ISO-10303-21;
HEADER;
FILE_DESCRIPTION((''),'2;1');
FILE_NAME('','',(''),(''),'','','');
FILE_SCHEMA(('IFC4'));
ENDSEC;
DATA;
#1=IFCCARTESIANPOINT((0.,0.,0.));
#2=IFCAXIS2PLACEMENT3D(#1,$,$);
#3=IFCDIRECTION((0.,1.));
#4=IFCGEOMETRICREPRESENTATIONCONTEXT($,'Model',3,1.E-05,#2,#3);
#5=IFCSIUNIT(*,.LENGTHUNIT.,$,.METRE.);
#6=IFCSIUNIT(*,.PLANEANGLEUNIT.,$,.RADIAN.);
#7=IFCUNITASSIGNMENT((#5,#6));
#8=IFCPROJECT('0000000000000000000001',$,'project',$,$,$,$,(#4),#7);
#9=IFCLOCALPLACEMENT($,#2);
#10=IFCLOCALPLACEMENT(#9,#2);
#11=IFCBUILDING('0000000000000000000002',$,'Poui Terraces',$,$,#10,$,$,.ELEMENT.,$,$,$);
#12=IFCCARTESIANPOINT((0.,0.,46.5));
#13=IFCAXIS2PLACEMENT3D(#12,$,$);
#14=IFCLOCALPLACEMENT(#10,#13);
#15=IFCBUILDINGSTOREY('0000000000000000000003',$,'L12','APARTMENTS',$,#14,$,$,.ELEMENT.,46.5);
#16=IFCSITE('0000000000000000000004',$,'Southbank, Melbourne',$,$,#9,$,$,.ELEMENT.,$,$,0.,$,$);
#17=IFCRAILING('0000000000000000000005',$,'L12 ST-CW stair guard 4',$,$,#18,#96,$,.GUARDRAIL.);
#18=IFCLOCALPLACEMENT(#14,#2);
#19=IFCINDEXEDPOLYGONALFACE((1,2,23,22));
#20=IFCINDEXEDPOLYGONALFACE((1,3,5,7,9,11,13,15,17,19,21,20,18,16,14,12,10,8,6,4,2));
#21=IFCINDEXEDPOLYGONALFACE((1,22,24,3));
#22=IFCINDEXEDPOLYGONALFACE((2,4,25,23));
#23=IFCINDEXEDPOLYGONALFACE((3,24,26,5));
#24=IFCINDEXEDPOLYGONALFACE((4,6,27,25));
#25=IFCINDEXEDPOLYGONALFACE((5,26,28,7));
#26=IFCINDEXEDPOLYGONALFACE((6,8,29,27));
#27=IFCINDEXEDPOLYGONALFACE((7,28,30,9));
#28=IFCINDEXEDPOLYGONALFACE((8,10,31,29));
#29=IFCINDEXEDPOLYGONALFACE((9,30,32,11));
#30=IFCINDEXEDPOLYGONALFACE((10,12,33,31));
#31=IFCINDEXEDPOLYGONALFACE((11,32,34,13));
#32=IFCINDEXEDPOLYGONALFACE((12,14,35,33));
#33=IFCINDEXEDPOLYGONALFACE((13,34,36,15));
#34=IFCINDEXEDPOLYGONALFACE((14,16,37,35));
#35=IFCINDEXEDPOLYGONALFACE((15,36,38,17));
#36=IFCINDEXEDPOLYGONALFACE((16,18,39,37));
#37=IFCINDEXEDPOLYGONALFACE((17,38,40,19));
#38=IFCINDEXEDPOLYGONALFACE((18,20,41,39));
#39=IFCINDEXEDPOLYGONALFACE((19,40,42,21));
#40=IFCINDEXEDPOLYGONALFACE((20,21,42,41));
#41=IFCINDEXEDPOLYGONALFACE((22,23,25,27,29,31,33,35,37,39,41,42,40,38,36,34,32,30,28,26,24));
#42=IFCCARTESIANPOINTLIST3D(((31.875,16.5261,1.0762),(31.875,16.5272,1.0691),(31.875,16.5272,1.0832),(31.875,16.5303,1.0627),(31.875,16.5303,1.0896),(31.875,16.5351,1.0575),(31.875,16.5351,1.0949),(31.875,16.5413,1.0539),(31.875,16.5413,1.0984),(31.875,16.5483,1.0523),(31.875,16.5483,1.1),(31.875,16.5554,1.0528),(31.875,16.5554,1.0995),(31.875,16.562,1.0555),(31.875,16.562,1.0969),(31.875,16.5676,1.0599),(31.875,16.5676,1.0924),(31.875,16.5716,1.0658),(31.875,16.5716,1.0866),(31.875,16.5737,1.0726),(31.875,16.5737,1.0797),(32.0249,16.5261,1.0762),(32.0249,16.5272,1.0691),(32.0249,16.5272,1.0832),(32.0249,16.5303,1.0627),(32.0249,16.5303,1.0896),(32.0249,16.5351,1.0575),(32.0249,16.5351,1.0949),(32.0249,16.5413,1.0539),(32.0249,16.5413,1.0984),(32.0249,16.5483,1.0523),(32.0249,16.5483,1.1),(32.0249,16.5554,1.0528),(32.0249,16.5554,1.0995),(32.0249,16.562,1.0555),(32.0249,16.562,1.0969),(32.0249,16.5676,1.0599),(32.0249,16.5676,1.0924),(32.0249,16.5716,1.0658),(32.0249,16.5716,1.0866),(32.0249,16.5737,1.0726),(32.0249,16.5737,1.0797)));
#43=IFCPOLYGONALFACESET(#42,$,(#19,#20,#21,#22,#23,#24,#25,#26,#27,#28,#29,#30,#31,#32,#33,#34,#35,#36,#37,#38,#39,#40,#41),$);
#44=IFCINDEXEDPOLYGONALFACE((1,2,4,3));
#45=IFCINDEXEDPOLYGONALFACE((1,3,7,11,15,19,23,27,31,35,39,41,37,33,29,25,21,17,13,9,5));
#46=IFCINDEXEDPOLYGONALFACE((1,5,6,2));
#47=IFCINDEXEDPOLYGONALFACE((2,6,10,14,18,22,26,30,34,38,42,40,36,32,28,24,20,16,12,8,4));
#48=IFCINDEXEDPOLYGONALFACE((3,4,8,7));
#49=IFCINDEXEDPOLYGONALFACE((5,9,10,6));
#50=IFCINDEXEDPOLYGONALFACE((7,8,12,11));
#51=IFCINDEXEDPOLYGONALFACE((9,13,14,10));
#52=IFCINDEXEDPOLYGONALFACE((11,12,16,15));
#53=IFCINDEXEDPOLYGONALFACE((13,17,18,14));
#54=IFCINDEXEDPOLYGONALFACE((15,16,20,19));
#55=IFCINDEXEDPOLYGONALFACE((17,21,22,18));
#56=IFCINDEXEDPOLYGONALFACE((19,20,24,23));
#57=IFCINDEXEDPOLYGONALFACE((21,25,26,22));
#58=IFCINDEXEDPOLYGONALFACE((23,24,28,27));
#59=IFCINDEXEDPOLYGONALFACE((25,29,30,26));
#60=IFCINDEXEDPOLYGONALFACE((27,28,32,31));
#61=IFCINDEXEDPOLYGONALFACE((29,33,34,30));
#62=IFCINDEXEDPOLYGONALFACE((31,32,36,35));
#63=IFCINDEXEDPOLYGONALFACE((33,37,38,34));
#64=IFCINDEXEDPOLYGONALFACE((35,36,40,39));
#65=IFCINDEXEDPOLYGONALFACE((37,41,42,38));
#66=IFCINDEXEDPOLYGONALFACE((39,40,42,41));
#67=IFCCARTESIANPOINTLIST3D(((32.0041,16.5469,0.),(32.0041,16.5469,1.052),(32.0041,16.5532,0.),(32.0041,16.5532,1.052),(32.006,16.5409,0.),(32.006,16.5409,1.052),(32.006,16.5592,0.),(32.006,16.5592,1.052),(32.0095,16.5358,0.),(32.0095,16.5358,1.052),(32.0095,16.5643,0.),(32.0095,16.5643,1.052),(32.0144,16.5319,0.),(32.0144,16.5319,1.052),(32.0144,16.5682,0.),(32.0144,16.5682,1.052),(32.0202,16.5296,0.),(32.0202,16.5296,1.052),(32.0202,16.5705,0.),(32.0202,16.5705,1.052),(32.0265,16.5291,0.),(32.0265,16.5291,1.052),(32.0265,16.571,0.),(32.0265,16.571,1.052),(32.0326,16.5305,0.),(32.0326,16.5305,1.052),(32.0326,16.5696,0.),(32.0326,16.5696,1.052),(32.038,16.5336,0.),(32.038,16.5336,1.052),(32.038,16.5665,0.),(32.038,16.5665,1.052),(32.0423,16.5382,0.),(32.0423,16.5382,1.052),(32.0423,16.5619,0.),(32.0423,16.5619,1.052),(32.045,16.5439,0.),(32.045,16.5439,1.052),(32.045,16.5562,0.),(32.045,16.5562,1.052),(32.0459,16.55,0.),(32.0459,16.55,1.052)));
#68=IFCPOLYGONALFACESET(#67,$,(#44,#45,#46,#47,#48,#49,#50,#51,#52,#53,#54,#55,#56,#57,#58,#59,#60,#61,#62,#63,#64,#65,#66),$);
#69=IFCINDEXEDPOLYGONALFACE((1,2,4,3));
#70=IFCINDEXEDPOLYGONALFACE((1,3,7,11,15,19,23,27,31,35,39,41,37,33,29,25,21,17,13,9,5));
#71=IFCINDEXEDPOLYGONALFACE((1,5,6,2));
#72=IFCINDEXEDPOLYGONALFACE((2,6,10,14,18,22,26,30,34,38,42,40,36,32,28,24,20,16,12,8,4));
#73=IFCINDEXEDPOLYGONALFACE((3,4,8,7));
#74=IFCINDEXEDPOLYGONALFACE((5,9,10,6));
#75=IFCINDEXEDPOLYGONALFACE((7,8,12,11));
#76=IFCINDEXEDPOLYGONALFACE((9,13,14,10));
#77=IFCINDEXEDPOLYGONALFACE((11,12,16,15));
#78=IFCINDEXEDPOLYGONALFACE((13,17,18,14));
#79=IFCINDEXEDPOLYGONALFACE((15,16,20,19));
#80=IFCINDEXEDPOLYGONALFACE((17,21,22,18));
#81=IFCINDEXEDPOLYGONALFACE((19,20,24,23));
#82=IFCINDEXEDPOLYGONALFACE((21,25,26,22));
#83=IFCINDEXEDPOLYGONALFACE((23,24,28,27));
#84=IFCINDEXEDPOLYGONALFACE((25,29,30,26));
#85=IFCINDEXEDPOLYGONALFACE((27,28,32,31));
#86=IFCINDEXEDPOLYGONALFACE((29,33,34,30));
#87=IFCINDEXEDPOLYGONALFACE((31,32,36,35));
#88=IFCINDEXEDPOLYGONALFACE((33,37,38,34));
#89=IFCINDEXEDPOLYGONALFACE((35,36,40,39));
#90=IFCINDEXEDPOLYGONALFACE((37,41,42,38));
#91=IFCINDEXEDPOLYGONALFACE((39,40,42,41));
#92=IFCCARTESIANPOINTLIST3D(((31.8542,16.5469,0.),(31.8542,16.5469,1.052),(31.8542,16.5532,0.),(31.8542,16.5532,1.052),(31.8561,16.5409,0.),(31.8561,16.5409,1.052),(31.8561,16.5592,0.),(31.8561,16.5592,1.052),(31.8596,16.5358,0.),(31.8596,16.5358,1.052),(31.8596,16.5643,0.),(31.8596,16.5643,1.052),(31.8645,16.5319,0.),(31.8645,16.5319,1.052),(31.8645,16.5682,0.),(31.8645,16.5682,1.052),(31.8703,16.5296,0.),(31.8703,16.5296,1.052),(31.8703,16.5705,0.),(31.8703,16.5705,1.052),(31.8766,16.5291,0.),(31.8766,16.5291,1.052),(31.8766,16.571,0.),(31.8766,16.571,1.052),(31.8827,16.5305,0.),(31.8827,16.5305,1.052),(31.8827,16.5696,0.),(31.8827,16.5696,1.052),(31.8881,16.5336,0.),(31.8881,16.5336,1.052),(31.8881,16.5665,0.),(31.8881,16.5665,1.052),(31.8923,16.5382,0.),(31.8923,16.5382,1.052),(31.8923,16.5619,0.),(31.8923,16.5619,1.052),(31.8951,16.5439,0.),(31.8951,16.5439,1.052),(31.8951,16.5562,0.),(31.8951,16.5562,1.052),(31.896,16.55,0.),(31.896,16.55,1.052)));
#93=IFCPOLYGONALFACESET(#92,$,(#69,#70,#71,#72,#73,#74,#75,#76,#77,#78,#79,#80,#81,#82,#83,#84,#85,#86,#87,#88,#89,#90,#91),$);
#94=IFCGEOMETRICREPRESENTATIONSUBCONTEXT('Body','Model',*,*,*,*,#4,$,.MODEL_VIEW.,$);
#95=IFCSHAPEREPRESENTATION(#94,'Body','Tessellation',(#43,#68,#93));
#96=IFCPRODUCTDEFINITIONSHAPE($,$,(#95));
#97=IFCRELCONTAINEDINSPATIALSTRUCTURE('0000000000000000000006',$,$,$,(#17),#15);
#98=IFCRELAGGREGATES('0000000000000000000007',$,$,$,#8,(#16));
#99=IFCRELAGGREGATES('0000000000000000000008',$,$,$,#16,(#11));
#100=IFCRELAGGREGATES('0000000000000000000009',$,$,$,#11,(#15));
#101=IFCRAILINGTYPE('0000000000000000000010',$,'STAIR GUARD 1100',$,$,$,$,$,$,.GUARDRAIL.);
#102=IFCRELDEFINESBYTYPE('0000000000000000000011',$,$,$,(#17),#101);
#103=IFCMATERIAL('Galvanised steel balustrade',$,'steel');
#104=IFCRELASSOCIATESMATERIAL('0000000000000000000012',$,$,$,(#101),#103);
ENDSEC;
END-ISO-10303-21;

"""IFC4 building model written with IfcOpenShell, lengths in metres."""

from ifc_helpers import new_model, si_unit, direction, frame, origin, origin_2d, place, context, subcontext, project, spatial, circle, extrude, material, type_object, element, save


model = new_model("IFC4")

# Units and contexts
model_context = context("Model", 3, precision=1e-05, world=origin(), true_north=direction((0.0, 1.0)))
body_context = subcontext(model_context, "Body", "Model", "MODEL_VIEW")
ifc_project = project(units=[si_unit("LENGTHUNIT", "METRE"), si_unit("PLANEANGLEUNIT", "RADIAN")], contexts=[model_context])

# Site, building, storey
site_placement = place(None, origin())
site = spatial("IfcSite", under=ifc_project, at=site_placement, Name="Southbank, Melbourne", CompositionType="ELEMENT", RefElevation=0.0)
building_placement = place(site_placement, origin())
building = spatial("IfcBuilding", under=site, at=building_placement, Name="Poui Terraces", CompositionType="ELEMENT")
storey_placement = place(building_placement, frame((0.0, 0.0, 46.5)))
storey = spatial("IfcBuildingStorey", under=building, at=storey_placement, Name="L12", Description="APARTMENTS", CompositionType="ELEMENT", Elevation=46.5)

# Railing
ifc_material_1 = material(Name="Galvanised steel balustrade", Category="steel")
railing_type_1 = type_object("IfcRailingType", Name="STAIR GUARD 1100", PredefinedType="GUARDRAIL", material=ifc_material_1)
railing_1_placement = place(storey_placement, frame((32.0249, 16.55, 0.0)))
element("IfcRailing", 1, at=railing_1_placement, inside=storey, type_object=railing_type_1, Name="L12 ST-CW stair guard 4", PredefinedType="GUARDRAIL", context=body_context, shape_type="SweptSolid", body=[
    extrude(circle(Radius=0.0239, at=origin_2d()), frame((0.0, 0.0, 1.0762), z_axis=(-1.0, 0.0, 0.0), x_axis=(0.0, -1.0, 0.0)), (0.0, 0.0, 1.0), 0.1499),
    extrude(circle(Radius=0.021, at=origin_2d()), origin(), (0.0, 0.0, 1.0), 1.052),
    extrude(circle(Radius=0.021, at=origin_2d()), frame((-0.1499, 0.0, 0.0)), (0.0, 0.0, 1.0), 1.052),
])

save(model, "model.ifc")
